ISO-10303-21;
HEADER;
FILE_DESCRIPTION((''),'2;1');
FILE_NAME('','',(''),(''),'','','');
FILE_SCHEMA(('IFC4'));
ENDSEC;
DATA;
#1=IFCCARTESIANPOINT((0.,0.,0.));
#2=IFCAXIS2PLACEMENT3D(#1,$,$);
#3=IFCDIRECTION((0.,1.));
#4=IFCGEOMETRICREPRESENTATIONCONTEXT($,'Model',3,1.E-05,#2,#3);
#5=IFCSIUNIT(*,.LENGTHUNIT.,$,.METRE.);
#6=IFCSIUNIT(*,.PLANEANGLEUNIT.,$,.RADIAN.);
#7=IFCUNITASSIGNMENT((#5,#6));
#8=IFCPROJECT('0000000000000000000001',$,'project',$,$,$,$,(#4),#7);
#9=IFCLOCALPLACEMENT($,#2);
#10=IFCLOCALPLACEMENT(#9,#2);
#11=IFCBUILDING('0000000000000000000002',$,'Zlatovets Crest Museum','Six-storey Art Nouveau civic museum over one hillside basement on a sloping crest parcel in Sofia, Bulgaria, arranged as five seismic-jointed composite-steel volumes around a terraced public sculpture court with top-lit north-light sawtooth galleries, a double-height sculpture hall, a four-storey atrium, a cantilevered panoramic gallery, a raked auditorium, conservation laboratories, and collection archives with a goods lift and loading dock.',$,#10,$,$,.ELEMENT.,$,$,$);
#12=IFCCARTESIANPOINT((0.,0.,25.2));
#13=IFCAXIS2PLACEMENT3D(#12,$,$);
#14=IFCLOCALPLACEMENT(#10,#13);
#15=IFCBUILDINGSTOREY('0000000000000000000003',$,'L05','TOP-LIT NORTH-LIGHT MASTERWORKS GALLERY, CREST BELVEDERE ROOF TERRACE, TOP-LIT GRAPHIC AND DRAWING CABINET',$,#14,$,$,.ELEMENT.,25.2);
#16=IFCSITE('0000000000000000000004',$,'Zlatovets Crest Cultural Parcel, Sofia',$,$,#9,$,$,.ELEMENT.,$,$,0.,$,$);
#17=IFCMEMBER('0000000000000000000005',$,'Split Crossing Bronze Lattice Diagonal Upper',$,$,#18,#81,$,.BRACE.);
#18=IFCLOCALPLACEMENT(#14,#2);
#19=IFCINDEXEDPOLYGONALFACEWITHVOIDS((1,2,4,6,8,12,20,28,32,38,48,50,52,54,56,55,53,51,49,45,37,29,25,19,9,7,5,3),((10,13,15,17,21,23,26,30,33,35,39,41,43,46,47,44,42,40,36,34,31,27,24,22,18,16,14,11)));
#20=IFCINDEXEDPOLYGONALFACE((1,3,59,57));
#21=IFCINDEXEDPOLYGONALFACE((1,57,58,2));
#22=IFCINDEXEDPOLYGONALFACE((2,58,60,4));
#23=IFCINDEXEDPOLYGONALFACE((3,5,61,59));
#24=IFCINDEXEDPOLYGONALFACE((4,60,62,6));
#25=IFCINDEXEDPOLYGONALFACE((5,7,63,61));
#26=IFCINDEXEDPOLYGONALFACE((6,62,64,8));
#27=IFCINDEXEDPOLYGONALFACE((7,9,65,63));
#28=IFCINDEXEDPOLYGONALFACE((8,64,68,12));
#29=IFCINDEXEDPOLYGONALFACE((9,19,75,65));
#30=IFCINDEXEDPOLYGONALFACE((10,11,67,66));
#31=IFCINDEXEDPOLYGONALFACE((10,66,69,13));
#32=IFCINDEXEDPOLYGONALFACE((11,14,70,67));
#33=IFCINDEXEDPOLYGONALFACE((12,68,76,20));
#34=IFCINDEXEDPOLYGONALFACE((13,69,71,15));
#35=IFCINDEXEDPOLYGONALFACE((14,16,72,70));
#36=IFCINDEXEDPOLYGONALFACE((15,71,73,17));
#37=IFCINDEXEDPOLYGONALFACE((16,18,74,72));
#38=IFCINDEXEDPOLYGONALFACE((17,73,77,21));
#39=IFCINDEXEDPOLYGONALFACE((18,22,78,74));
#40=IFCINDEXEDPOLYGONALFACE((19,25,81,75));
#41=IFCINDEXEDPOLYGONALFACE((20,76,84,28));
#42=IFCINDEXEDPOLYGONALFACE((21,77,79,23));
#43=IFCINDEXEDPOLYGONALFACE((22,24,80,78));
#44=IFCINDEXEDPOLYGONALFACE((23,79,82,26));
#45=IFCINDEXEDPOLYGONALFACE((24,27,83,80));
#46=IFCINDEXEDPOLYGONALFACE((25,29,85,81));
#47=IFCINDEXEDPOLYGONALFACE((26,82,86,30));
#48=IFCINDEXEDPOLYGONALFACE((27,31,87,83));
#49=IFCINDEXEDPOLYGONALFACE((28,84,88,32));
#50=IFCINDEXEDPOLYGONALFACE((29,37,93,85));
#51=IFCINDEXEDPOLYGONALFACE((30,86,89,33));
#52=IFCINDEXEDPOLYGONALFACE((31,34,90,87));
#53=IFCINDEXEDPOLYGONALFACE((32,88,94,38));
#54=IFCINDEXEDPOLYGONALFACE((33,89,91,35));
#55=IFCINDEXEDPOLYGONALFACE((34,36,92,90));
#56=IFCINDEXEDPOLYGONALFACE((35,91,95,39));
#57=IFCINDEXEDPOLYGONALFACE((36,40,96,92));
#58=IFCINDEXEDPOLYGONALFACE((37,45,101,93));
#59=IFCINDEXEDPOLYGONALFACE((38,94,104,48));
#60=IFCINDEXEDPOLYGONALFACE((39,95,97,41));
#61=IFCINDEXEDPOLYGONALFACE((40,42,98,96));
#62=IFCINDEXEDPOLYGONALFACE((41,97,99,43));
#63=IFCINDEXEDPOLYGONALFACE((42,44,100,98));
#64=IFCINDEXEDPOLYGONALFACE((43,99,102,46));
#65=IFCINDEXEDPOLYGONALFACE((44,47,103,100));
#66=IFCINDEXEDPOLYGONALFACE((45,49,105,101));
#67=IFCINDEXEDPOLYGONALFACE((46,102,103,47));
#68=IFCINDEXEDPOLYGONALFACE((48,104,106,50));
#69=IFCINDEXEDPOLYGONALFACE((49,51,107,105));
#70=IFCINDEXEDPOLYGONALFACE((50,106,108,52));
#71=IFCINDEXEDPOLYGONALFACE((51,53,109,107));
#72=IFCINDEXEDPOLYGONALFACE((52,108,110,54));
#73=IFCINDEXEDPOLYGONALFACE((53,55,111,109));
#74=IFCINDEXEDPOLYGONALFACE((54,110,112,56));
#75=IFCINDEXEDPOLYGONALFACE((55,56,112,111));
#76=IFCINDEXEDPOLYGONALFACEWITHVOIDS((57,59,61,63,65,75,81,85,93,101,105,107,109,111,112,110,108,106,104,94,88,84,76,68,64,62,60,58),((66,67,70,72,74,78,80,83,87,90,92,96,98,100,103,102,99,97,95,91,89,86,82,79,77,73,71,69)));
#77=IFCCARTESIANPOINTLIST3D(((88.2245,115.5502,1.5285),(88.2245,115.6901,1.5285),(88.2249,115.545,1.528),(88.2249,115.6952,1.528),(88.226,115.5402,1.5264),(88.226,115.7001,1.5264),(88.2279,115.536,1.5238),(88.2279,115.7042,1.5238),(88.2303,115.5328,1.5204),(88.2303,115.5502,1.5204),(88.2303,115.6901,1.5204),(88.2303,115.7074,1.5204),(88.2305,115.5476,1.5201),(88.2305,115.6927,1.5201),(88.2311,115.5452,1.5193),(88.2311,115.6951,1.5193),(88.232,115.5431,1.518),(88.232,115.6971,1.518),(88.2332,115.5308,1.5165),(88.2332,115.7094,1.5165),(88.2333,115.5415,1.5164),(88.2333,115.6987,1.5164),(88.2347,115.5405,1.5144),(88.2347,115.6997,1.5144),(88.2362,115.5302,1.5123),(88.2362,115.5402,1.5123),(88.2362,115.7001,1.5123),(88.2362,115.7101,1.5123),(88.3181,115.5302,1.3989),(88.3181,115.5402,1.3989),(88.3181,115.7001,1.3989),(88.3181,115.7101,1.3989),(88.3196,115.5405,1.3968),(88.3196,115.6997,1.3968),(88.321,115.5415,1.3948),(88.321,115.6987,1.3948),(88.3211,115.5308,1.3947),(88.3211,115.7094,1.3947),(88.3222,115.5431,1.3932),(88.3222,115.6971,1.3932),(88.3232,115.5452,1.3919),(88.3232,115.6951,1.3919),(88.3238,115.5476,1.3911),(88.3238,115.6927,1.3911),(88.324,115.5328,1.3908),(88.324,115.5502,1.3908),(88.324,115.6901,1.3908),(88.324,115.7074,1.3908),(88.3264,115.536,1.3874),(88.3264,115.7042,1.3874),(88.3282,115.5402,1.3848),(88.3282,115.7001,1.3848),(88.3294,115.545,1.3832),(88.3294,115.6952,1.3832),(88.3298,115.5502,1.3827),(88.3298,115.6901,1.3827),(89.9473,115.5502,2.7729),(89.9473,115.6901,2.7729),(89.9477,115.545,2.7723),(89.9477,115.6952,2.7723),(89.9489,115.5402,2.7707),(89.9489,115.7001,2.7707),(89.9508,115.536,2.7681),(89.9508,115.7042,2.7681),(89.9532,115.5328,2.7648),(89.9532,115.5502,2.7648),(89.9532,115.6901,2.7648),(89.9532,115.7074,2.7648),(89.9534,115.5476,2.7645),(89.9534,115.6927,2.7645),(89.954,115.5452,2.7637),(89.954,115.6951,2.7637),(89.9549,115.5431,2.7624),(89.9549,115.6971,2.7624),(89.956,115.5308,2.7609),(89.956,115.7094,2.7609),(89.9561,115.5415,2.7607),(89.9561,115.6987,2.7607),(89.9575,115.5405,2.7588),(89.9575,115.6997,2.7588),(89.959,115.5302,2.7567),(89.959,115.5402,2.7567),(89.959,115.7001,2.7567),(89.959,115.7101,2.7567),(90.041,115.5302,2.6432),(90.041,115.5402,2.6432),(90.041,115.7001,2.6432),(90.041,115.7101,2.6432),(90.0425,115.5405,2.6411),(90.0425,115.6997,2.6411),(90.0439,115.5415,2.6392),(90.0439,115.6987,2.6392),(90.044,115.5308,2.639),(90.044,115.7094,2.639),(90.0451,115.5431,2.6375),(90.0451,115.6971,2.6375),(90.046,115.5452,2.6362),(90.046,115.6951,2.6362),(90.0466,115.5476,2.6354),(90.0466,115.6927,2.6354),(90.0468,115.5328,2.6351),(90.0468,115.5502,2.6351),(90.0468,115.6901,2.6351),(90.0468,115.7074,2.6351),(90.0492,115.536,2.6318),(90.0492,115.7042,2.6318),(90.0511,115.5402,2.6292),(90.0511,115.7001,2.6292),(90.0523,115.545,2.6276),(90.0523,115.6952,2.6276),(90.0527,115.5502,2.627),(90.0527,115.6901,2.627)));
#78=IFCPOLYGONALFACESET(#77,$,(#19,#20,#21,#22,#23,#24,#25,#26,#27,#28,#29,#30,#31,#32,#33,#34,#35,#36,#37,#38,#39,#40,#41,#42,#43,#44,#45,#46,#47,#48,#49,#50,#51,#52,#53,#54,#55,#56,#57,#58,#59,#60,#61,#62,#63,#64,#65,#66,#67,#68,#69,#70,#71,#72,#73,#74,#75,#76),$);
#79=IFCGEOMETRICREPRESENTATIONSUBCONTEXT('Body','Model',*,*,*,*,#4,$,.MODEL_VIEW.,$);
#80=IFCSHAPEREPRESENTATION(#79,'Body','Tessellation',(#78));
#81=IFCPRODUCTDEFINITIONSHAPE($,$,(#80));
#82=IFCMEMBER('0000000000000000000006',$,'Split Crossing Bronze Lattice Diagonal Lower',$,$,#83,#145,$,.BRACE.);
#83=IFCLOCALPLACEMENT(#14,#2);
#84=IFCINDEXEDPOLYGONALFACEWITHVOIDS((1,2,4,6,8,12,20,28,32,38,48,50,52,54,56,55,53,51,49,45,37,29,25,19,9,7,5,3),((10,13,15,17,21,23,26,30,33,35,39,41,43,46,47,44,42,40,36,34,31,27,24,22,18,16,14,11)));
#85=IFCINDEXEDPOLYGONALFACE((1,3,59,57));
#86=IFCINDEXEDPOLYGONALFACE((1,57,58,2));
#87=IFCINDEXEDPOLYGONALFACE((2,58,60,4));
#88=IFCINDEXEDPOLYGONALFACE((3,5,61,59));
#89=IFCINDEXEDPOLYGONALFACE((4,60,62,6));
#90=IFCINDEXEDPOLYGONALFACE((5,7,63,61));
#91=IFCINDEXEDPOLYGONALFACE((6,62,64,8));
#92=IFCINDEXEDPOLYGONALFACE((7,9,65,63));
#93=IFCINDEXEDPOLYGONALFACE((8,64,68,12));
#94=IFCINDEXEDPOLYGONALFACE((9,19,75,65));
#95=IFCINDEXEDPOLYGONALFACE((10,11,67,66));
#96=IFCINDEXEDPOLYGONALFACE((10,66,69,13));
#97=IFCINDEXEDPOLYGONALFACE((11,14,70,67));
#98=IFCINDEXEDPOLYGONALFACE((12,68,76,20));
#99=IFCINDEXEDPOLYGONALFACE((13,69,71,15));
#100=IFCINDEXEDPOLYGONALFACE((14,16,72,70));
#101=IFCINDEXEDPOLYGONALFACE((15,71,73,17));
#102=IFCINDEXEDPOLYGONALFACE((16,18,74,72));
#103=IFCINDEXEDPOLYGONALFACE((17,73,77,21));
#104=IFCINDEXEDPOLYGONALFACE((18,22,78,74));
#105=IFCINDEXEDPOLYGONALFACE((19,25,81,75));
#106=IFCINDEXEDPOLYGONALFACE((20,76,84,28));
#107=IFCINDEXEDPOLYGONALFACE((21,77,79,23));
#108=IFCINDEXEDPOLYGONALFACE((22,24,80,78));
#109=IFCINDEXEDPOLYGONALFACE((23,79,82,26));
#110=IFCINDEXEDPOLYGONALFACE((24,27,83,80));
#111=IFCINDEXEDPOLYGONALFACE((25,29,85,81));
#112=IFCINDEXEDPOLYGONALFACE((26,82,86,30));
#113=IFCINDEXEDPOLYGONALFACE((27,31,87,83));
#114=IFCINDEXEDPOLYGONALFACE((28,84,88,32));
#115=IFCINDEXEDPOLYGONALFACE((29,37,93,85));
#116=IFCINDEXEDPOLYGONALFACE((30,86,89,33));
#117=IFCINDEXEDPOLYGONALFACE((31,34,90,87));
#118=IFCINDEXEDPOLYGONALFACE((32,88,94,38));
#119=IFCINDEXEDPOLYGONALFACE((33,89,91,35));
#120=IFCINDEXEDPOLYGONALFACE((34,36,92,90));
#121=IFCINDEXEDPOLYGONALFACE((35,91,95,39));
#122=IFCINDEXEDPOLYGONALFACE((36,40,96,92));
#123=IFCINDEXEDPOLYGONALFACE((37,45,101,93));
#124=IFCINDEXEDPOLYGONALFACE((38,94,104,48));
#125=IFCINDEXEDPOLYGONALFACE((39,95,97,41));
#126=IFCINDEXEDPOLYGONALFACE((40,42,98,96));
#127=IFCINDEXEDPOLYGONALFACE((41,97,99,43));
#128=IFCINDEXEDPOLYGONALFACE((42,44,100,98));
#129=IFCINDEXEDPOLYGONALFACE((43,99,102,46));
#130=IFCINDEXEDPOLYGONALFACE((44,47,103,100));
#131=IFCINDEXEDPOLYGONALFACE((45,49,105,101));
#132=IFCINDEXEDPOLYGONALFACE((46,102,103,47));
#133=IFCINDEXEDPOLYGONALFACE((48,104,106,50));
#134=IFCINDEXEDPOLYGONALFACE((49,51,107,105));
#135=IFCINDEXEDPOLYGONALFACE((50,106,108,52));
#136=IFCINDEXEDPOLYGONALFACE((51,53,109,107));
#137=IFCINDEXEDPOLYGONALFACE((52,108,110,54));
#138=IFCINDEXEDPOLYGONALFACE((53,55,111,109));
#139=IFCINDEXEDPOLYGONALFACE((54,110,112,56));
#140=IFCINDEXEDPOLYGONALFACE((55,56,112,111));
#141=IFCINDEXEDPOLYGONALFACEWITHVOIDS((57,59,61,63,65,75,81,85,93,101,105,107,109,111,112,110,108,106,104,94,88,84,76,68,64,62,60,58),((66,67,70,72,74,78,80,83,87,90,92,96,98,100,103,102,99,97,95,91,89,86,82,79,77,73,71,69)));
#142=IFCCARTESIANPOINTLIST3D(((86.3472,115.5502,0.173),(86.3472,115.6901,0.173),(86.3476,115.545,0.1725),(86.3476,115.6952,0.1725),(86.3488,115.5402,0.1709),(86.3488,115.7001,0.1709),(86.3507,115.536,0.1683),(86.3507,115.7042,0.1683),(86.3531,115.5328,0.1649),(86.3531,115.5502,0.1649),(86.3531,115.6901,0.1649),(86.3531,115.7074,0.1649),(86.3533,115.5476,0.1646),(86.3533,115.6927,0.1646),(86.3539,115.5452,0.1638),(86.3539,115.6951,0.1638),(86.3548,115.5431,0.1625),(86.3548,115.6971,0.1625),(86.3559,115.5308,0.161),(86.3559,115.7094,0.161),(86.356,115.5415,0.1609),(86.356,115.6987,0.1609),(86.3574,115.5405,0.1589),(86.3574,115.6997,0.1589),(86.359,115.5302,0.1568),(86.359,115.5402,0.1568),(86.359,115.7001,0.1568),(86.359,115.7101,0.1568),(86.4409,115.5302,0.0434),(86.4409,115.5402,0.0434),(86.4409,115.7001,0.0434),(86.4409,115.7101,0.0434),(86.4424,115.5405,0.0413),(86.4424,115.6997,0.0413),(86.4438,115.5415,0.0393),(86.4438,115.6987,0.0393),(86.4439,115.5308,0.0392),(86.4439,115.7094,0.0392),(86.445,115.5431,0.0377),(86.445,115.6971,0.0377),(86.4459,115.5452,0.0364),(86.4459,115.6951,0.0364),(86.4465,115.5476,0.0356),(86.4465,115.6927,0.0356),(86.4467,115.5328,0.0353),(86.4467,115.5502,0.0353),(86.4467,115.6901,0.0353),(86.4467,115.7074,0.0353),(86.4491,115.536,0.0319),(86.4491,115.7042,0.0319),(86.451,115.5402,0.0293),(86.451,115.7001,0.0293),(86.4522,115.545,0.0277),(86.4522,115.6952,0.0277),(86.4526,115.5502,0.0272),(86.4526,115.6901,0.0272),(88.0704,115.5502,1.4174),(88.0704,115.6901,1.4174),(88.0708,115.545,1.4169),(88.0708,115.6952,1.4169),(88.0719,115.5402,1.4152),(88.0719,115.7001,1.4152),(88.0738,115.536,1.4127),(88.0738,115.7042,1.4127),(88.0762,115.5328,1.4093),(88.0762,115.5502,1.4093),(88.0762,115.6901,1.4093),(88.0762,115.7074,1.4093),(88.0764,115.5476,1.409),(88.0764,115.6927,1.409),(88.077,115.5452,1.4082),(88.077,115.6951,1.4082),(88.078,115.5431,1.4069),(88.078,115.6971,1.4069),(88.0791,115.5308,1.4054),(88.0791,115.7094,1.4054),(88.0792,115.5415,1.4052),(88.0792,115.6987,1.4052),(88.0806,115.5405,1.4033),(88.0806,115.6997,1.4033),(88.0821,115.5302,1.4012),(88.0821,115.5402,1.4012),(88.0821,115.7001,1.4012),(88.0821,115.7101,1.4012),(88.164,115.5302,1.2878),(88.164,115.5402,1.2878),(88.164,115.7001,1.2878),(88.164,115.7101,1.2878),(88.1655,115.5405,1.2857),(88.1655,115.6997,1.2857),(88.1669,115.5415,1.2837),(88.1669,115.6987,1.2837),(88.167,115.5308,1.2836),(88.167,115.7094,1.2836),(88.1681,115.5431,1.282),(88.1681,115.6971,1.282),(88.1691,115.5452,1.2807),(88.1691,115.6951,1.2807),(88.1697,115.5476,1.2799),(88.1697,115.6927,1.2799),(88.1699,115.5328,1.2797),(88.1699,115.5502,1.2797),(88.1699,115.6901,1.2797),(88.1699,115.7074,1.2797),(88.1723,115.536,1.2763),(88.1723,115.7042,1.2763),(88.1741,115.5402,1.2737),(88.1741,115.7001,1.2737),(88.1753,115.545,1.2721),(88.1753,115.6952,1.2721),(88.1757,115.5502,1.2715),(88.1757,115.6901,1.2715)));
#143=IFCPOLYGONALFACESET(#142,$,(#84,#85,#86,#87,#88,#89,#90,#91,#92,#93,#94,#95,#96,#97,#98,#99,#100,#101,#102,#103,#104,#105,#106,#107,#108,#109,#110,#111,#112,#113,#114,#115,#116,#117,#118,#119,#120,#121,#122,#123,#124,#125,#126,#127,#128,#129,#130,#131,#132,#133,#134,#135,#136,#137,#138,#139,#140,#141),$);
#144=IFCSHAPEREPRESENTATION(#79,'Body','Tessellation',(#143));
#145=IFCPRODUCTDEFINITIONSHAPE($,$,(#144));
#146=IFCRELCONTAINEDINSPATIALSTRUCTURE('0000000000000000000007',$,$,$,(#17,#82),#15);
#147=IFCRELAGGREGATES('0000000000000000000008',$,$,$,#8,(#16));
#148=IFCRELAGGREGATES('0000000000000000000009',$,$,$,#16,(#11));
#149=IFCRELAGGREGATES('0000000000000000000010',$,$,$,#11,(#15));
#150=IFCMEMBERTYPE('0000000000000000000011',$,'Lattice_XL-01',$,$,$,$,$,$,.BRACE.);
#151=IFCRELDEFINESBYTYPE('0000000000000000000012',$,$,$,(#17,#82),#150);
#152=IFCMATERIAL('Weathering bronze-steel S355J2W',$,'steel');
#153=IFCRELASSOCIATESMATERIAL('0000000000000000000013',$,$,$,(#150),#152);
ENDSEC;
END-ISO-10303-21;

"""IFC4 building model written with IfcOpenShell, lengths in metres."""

from ifc_helpers import new_model, si_unit, direction, frame, origin, origin_2d, place, context, subcontext, project, spatial, hollow_rectangle, extrude, material, material_profile, profile_set, type_object, element, save


model = new_model("IFC4")

# Units and contexts
model_context = context("Model", 3, precision=1e-05, world=origin(), true_north=direction((0.0, 1.0)))
body_context = subcontext(model_context, "Body", "Model", "MODEL_VIEW")
ifc_project = project(units=[si_unit("LENGTHUNIT", "METRE"), si_unit("PLANEANGLEUNIT", "RADIAN")], contexts=[model_context])

# Site, building, storey
site_placement = place(None, origin())
site = spatial("IfcSite", under=ifc_project, at=site_placement, Name="Zlatovets Crest Cultural Parcel, Sofia", CompositionType="ELEMENT", RefElevation=0.0)
building_placement = place(site_placement, origin())
building = spatial("IfcBuilding", under=site, at=building_placement, Name="Zlatovets Crest Museum", Description="Six-storey Art Nouveau civic museum over one hillside basement on a sloping crest parcel in Sofia, Bulgaria, arranged as five seismic-jointed composite-steel volumes around a terraced public sculpture court with top-lit north-light sawtooth galleries, a double-height sculpture hall, a four-storey atrium, a cantilevered panoramic gallery, a raked auditorium, conservation laboratories, and collection archives with a goods lift and loading dock.", CompositionType="ELEMENT")
storey_placement = place(building_placement, frame((0.0, 0.0, 25.2)))
storey = spatial("IfcBuildingStorey", under=building, at=storey_placement, Name="L05", Description="TOP-LIT NORTH-LIGHT MASTERWORKS GALLERY, CREST BELVEDERE ROOF TERRACE, TOP-LIT GRAPHIC AND DRAWING CABINET", CompositionType="ELEMENT", Elevation=25.2)

# Members
ifc_material_1 = material(Name="Weathering bronze-steel S355J2W", Category="steel")
ifc_material_profile_1 = material_profile(ifc_material_1, hollow_rectangle(XDim=0.1799, YDim=0.1799, WallThickness=0.01, InnerFilletRadius=0.01, OuterFilletRadius=0.02, at=origin_2d()), Name="SHS 180x180x10.0")
ifc_profile_set_1 = profile_set([ifc_material_profile_1], Name="Weathering bronze-steel S355J2W")
member_type_1 = type_object("IfcMemberType", Name="Lattice_XL-01", PredefinedType="BRACE", material=ifc_profile_set_1)
member_1_placement = place(storey_placement, frame((90.0, 115.6201, 2.7), z_axis=(-0.810664, 0.0, -0.585512), x_axis=(0.0, -1.0, 0.0)))
element("IfcMember", 1, at=member_1_placement, inside=storey, type_object=member_type_1, Name="Split Crossing Bronze Lattice Diagonal Upper", PredefinedType="BRACE", context=body_context, shape_type="SweptSolid", body=[
    extrude(hollow_rectangle(XDim=0.1799, YDim=0.1799, WallThickness=0.01, InnerFilletRadius=0.01, OuterFilletRadius=0.02, at=origin_2d()), origin(), (0.0, 0.0, 1.0), 2.1252),
])
member_2_placement = place(storey_placement, frame((88.123, 115.6201, 1.3445), z_axis=(-0.810703, 0.0, -0.585457), x_axis=(0.0, -1.0, 0.0)))
element("IfcMember", 2, at=member_2_placement, inside=storey, type_object=member_type_1, Name="Split Crossing Bronze Lattice Diagonal Lower", PredefinedType="BRACE", context=body_context, shape_type="SweptSolid", body=[
    extrude(hollow_rectangle(XDim=0.1799, YDim=0.1799, WallThickness=0.01, InnerFilletRadius=0.01, OuterFilletRadius=0.02, at=origin_2d()), origin(), (0.0, 0.0, 1.0), 2.1255),
])

save(model, "model.ifc")
